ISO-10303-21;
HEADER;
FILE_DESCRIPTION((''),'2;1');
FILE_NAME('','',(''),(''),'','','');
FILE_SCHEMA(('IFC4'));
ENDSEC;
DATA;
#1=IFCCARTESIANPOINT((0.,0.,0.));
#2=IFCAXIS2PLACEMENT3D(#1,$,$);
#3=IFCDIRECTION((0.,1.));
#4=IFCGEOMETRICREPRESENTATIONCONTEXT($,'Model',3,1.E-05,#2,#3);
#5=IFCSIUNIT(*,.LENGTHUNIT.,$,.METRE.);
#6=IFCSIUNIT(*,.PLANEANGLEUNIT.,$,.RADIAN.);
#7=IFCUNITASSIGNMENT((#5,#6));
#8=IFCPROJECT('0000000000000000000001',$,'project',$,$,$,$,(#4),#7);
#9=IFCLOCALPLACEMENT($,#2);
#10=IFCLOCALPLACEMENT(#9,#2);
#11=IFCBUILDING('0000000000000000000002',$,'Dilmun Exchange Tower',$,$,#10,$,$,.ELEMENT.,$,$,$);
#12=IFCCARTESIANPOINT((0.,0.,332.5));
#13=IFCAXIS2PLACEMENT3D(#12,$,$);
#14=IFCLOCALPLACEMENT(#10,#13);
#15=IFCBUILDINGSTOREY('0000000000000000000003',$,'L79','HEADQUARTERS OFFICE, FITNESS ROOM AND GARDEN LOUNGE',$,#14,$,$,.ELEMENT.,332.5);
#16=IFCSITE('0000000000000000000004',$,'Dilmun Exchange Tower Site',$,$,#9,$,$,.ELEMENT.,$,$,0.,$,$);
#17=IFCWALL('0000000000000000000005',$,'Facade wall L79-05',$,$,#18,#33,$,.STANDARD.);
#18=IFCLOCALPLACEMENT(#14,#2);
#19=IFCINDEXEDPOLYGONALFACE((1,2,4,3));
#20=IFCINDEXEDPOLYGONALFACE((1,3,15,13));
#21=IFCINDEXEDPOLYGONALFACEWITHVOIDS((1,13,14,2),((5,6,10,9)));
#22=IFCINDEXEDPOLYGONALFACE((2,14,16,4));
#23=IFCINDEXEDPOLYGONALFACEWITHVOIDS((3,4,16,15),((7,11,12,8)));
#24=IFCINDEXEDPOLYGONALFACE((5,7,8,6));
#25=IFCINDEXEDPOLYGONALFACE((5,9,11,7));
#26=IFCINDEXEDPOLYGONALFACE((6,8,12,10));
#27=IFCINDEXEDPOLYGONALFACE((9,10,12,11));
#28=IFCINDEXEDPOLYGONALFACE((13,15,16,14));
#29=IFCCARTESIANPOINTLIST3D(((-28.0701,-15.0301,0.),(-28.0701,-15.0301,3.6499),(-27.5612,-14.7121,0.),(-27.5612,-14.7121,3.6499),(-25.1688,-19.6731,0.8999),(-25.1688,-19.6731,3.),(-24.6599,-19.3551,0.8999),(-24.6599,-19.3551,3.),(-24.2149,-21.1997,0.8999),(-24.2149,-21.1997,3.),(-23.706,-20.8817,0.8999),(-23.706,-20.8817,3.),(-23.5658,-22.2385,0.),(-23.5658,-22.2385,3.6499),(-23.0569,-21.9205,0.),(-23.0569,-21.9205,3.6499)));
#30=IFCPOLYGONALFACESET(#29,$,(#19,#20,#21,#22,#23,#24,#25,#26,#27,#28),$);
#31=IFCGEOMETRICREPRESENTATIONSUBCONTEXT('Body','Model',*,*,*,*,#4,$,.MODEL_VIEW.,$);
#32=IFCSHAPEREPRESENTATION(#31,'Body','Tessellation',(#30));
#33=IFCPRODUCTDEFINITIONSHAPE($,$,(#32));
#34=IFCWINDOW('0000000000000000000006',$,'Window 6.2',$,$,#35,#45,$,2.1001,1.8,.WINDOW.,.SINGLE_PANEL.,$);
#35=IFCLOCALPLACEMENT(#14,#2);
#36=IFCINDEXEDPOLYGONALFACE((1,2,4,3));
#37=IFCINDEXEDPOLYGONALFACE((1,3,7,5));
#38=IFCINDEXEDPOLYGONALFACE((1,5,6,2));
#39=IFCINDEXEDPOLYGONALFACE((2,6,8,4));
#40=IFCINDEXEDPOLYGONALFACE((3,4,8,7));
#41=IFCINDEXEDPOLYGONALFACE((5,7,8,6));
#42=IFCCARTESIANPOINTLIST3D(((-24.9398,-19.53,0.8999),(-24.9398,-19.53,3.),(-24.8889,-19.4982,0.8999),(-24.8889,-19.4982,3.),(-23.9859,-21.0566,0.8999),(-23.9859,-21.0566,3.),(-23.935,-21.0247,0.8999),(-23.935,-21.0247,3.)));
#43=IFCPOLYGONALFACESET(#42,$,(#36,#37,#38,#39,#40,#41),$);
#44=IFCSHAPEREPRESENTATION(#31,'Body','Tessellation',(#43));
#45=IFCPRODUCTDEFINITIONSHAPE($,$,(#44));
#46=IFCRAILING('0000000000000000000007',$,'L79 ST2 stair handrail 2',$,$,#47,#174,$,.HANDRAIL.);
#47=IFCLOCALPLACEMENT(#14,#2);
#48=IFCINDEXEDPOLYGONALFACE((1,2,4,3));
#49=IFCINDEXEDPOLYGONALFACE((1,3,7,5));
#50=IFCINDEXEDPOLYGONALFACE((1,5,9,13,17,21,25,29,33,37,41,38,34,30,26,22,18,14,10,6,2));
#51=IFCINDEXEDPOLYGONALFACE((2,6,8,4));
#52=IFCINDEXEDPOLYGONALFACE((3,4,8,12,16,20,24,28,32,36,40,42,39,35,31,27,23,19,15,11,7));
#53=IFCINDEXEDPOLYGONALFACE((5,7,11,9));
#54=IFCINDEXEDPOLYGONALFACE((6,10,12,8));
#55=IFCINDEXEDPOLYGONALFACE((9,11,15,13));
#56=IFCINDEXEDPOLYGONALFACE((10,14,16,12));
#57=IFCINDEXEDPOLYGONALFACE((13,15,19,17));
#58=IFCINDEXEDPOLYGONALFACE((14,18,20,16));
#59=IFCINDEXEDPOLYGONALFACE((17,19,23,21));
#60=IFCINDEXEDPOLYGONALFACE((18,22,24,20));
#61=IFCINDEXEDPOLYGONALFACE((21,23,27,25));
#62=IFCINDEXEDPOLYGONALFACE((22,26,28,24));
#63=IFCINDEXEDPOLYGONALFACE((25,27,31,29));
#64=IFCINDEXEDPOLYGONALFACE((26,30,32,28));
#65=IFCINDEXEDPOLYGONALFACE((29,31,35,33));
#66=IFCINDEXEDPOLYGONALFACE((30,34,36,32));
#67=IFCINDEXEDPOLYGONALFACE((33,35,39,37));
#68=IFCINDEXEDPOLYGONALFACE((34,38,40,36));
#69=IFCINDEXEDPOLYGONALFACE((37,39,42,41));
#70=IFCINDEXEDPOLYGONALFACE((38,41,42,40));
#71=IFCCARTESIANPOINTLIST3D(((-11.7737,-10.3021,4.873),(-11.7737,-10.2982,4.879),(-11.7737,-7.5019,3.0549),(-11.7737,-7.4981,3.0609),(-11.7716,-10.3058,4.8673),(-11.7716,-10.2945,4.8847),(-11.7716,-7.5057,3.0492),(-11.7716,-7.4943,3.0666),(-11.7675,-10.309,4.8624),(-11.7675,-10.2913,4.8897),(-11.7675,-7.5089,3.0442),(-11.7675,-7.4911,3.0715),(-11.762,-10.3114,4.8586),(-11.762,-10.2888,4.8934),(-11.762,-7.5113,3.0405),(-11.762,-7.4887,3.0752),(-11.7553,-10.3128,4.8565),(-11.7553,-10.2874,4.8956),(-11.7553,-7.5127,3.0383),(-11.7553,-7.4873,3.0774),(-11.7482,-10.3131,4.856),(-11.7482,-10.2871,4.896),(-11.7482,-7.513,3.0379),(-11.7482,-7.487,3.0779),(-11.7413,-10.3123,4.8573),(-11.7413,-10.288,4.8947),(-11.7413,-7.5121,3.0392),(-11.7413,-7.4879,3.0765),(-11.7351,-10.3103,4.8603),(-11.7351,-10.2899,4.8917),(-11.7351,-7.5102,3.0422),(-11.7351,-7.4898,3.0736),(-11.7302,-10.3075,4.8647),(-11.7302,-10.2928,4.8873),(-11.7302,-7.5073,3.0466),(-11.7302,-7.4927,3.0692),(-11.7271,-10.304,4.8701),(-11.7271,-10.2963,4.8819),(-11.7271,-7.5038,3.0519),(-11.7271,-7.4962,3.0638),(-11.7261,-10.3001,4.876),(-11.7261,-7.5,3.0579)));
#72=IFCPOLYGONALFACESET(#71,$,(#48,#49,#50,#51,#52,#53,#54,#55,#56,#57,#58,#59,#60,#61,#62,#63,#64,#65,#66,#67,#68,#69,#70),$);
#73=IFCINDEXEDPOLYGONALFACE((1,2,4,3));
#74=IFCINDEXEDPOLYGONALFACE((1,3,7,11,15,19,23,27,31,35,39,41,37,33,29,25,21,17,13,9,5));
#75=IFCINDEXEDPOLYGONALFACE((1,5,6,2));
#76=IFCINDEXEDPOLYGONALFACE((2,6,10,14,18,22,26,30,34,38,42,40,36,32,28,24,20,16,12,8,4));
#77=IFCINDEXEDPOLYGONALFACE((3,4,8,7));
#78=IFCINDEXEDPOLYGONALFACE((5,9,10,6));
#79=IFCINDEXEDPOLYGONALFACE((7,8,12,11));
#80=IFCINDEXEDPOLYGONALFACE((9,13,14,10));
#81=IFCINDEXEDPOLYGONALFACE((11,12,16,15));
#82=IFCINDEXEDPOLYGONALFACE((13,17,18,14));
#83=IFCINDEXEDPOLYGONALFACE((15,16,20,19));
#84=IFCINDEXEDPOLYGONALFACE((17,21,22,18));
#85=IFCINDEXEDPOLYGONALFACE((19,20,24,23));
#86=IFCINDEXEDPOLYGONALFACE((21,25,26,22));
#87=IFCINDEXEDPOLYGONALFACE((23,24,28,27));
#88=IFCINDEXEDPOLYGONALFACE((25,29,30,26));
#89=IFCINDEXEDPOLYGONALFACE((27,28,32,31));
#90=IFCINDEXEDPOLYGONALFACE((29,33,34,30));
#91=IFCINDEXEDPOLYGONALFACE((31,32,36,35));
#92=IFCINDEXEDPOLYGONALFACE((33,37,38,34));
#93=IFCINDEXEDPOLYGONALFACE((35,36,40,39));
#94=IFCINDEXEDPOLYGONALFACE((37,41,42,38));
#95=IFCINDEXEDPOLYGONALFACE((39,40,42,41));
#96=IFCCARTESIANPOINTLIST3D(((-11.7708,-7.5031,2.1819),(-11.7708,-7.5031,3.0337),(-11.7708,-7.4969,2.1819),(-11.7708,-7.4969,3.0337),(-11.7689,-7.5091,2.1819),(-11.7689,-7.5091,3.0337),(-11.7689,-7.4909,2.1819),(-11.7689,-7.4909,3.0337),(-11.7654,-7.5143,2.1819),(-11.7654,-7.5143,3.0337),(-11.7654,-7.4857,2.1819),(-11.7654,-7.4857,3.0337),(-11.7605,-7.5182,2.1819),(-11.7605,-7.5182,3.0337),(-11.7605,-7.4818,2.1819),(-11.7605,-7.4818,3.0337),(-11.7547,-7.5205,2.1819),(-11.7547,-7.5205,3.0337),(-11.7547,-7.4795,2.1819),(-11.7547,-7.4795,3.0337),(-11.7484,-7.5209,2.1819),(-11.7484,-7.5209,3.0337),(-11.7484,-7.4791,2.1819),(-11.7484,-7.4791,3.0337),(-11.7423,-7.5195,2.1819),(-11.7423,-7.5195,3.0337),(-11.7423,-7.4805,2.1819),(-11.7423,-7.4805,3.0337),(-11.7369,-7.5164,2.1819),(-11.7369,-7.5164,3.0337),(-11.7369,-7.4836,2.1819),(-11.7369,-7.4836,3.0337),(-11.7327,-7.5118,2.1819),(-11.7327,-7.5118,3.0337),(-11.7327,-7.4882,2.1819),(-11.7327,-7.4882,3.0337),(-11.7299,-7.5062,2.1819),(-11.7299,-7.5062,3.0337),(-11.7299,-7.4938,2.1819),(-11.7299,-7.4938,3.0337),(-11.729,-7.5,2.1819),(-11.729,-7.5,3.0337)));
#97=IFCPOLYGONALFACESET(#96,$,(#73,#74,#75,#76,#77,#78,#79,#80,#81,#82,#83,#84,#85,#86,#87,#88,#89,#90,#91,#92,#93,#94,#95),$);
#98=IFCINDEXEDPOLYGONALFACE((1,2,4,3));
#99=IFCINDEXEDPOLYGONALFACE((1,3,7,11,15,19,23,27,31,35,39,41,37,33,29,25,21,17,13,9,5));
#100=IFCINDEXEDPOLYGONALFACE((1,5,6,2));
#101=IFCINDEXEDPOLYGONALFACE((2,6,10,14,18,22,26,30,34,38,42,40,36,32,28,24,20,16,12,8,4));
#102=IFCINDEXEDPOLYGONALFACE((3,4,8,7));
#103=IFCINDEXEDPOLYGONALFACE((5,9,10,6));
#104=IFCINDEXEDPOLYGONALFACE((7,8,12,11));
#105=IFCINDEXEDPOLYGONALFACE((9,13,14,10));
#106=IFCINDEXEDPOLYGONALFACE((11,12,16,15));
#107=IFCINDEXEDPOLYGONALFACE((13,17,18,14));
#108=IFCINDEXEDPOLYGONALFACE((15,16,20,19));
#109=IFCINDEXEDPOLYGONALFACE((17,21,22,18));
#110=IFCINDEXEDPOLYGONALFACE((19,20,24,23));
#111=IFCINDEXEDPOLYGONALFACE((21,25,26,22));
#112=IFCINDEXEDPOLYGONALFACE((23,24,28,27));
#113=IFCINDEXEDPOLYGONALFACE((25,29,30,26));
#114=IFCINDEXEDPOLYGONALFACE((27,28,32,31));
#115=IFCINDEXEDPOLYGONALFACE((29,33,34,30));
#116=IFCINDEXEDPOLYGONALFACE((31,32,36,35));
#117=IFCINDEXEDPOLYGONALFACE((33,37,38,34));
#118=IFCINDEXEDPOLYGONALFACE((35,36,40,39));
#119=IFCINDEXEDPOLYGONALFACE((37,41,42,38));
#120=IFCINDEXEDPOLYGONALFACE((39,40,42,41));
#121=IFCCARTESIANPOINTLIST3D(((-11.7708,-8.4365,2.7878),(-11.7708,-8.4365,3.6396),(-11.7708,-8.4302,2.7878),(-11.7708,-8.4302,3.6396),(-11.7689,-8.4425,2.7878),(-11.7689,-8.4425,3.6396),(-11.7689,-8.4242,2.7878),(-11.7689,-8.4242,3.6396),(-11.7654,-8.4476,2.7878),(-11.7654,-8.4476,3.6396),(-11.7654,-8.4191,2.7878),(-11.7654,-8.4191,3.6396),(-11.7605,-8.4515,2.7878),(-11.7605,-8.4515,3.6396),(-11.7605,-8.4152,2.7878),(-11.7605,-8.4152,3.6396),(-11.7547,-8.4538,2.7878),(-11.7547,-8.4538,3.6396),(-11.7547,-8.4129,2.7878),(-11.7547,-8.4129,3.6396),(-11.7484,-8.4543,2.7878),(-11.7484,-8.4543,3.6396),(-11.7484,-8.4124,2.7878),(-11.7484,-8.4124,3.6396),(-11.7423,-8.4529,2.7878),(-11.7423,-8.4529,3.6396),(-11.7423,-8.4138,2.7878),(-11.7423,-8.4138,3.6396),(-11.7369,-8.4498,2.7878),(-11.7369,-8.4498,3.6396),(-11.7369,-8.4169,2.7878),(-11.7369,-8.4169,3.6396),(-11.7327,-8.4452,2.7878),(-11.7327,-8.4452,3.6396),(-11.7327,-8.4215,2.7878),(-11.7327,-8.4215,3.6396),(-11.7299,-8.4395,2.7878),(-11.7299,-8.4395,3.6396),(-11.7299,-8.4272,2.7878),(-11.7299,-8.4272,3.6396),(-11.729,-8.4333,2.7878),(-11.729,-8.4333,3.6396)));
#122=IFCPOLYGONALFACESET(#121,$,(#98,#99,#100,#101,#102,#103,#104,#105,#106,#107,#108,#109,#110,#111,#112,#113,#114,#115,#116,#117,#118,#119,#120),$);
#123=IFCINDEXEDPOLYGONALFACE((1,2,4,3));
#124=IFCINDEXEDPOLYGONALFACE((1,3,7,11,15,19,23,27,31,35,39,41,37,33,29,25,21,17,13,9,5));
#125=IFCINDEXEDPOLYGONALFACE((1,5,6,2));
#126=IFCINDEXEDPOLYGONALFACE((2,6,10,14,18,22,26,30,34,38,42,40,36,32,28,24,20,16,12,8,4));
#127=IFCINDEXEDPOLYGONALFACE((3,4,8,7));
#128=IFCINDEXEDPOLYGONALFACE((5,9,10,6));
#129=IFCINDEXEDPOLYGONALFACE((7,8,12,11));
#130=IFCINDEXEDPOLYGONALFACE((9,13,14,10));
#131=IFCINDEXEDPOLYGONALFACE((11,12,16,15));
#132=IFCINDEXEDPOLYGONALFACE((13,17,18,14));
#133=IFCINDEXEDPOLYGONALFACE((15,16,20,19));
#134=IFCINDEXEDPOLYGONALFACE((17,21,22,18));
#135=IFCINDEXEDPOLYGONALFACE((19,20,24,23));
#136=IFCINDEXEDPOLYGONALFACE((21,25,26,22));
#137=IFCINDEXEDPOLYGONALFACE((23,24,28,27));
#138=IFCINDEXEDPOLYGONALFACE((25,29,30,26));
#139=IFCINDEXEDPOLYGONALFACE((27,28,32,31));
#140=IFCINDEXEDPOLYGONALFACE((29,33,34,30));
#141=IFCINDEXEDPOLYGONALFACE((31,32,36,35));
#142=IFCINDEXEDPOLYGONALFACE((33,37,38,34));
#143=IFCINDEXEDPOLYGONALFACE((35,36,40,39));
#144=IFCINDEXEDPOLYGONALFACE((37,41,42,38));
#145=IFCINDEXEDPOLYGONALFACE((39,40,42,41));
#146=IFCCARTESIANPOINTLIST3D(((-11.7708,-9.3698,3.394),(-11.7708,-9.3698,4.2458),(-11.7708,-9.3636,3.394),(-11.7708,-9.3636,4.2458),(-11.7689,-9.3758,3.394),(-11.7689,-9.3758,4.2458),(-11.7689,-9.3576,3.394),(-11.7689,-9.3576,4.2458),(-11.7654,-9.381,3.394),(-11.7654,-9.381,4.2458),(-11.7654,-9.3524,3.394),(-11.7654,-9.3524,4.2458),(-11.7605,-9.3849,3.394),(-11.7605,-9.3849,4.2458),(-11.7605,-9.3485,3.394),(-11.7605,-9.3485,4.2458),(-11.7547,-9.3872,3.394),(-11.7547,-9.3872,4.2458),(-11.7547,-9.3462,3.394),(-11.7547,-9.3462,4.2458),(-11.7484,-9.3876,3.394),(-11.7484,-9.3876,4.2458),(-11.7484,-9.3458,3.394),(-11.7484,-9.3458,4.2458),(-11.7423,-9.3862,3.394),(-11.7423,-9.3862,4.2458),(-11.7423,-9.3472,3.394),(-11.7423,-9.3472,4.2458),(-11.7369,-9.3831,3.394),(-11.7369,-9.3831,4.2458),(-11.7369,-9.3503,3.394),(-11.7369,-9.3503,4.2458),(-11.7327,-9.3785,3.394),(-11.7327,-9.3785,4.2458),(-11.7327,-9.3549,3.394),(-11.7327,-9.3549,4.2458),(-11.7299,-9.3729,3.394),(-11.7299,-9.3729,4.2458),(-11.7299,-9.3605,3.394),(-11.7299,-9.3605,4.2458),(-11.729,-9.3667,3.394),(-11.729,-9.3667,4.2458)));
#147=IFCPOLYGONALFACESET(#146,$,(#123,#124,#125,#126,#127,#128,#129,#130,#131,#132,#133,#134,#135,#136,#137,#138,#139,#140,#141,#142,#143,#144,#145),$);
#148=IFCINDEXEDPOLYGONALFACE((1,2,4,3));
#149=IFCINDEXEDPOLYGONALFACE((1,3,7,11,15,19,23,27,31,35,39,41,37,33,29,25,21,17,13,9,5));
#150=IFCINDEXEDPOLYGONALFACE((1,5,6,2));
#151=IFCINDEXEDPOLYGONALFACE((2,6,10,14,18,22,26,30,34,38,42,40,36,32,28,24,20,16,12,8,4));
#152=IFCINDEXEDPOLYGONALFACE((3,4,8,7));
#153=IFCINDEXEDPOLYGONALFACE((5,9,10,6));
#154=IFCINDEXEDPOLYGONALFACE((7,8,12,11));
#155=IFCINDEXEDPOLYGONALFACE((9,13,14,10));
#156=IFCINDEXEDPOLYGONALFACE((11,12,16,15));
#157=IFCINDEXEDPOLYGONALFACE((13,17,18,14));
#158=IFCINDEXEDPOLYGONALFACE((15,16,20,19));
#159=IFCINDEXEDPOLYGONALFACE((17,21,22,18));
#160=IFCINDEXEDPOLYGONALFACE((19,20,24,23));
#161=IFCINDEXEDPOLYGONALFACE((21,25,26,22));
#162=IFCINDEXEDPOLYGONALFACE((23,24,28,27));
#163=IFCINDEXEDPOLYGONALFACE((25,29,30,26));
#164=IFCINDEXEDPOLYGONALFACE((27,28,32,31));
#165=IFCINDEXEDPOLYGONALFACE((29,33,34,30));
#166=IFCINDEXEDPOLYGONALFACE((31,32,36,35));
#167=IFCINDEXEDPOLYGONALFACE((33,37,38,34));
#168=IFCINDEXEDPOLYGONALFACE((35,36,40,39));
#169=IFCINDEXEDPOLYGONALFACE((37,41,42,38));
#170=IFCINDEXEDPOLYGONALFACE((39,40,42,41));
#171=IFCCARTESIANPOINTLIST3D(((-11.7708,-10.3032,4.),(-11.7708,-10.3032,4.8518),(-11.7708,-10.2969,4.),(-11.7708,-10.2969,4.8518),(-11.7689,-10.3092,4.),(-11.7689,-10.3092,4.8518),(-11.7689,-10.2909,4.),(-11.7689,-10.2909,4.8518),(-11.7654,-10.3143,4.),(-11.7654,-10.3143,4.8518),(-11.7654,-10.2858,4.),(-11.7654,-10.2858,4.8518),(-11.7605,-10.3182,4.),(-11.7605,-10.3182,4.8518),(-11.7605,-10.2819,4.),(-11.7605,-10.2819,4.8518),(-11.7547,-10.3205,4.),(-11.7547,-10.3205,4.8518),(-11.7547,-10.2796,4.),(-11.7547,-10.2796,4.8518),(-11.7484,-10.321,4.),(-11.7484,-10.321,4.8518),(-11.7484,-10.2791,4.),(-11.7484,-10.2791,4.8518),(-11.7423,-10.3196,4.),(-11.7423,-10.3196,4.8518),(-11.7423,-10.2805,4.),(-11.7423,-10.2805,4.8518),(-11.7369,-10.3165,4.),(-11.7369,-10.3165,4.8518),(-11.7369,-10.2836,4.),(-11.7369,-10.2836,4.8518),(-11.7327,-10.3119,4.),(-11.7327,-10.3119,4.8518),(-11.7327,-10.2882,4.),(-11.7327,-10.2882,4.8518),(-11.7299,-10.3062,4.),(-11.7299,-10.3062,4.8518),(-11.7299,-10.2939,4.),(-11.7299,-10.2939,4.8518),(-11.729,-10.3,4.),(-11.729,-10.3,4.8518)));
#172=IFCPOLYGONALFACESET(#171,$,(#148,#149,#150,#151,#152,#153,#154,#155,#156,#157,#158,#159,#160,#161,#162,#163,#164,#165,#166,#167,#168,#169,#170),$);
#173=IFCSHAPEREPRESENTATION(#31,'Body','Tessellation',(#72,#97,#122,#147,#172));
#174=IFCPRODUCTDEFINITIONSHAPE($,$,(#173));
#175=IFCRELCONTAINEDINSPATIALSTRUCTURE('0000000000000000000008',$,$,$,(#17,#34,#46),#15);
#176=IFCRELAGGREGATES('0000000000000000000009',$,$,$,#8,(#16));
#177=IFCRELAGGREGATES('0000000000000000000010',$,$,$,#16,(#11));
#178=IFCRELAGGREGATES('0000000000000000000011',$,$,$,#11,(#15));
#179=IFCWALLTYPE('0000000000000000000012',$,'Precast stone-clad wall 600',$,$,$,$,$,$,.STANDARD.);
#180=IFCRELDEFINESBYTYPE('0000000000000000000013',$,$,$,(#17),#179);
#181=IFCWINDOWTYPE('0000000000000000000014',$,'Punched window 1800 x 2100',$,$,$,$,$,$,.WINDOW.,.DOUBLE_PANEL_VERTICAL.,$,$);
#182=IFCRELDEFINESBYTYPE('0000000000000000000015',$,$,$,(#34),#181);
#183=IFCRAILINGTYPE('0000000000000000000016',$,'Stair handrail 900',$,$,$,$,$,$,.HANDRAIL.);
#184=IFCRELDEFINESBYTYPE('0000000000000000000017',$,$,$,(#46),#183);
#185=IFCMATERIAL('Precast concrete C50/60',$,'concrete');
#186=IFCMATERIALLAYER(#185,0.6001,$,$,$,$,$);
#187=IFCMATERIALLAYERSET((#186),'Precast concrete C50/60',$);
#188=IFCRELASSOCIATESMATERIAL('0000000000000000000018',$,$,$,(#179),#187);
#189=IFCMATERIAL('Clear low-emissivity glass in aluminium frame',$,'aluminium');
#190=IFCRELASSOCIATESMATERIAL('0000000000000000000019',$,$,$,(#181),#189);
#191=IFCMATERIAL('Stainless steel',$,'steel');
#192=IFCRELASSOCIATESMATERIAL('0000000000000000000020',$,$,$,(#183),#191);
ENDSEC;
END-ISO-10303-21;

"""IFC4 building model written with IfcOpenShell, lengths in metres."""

from ifc_helpers import new_model, si_unit, direction, frame, frame_2d, origin, origin_2d, place, context, subcontext, project, spatial, rectangle, circle, extrude, material, layer, layer_set, type_object, element, fill, save


model = new_model("IFC4")

# Units and contexts
model_context = context("Model", 3, precision=1e-05, world=origin(), true_north=direction((0.0, 1.0)))
body_context = subcontext(model_context, "Body", "Model", "MODEL_VIEW")
ifc_project = project(units=[si_unit("LENGTHUNIT", "METRE"), si_unit("PLANEANGLEUNIT", "RADIAN")], contexts=[model_context])

# Site, building, storey
site_placement = place(None, origin())
site = spatial("IfcSite", under=ifc_project, at=site_placement, Name="Dilmun Exchange Tower Site", CompositionType="ELEMENT", RefElevation=0.0)
building_placement = place(site_placement, origin())
building = spatial("IfcBuilding", under=site, at=building_placement, Name="Dilmun Exchange Tower", CompositionType="ELEMENT")
storey_placement = place(building_placement, frame((0.0, 0.0, 332.5)))
storey = spatial("IfcBuildingStorey", under=building, at=storey_placement, Name="L79", Description="HEADQUARTERS OFFICE, FITNESS ROOM AND GARDEN LOUNGE", CompositionType="ELEMENT", Elevation=332.5)

# Wall, opening, window
ifc_material_1 = material(Name="Precast concrete C50/60", Category="concrete")
ifc_layer_1 = layer(ifc_material_1, 0.6001)
ifc_layer_set_1 = layer_set([ifc_layer_1], Name="Precast concrete C50/60")
wall_type_1 = type_object("IfcWallType", Name="Precast stone-clad wall 600", PredefinedType="STANDARD", material=ifc_layer_set_1)
wall_1_placement = place(storey_placement, frame((-27.8157, -14.8711, 0.0), z_axis=(0.0, 0.0, 1.0), x_axis=(0.529921, -0.848047, 0.0)))
wall_1 = element("IfcWall", 1, at=wall_1_placement, inside=storey, type_object=wall_type_1, Name="Facade wall L79-05", PredefinedType="STANDARD", context=body_context, shape_type="SweptSolid", body=[
    extrude(rectangle(XDim=8.5, YDim=0.6001, at=frame_2d((4.25, 0.0))), origin(), (0.0, 0.0, 1.0), 3.6499),
])
opening_1_placement = place(wall_1_placement, frame((5.4751, 0.0, 0.8999)))
opening_1 = element("IfcOpeningElement", 2, at=opening_1_placement, cuts=wall_1, PredefinedType="OPENING", context=body_context, shape_type="SweptSolid", body=[
    extrude(rectangle(XDim=1.8, YDim=2.1001, at=frame_2d((0.8999, 1.05))), frame((0.0, 0.3101, 0.0), z_axis=(0.0, -1.0, 0.0), x_axis=(1.0, 0.0, 0.0)), (0.0, 0.0, 1.0), 0.6201),
])
ifc_material_2 = material(Name="Clear low-emissivity glass in aluminium frame", Category="aluminium")
window_type = type_object("IfcWindowType", Name="Punched window 1800 x 2100", PartitioningType="DOUBLE_PANEL_VERTICAL", PredefinedType="WINDOW", material=ifc_material_2)
window_placement = place(opening_1_placement, origin())
window = element("IfcWindow", 3, at=window_placement, inside=storey, type_object=window_type, Name="Window 6.2", OverallHeight=2.1001, OverallWidth=1.8, PartitioningType="SINGLE_PANEL", PredefinedType="WINDOW", context=body_context, shape_type="SweptSolid", body=[
    extrude(rectangle(XDim=1.8, YDim=2.1001, at=frame_2d((0.8999, 1.05))), frame((0.0, 0.03, 0.0), z_axis=(0.0, -1.0, 0.0), x_axis=(1.0, 0.0, 0.0)), (0.0, 0.0, 1.0), 0.0601),
])
fill(opening_1, window)

# Railing
ifc_material_3 = material(Name="Stainless steel", Category="steel")
railing_type = type_object("IfcRailingType", Name="Stair handrail 900", PredefinedType="HANDRAIL", material=ifc_material_3)
railing_placement = place(storey_placement, frame((-11.75, -7.5, 2.1819)))
element("IfcRailing", 4, at=railing_placement, inside=storey, type_object=railing_type, Name="L79 ST2 stair handrail 2", PredefinedType="HANDRAIL", context=body_context, shape_type="SweptSolid", body=[
    extrude(circle(Radius=0.0239, at=origin_2d()), frame((0.0, 0.0, 0.876), z_axis=(0.0, -0.838706, 0.544585), x_axis=(1.0, 0.0, 0.0)), (0.0, 0.0, 1.0), 3.3386),
    extrude(circle(Radius=0.021, at=origin_2d()), origin(), (0.0, 0.0, 1.0), 0.8518),
    extrude(circle(Radius=0.021, at=origin_2d()), frame((0.0, -0.9333, 0.606)), (0.0, 0.0, 1.0), 0.8518),
    extrude(circle(Radius=0.021, at=origin_2d()), frame((0.0, -1.8667, 1.2122)), (0.0, 0.0, 1.0), 0.8518),
    extrude(circle(Radius=0.021, at=origin_2d()), frame((0.0, -2.8, 1.8181)), (0.0, 0.0, 1.0), 0.8518),
])

save(model, "model.ifc")
